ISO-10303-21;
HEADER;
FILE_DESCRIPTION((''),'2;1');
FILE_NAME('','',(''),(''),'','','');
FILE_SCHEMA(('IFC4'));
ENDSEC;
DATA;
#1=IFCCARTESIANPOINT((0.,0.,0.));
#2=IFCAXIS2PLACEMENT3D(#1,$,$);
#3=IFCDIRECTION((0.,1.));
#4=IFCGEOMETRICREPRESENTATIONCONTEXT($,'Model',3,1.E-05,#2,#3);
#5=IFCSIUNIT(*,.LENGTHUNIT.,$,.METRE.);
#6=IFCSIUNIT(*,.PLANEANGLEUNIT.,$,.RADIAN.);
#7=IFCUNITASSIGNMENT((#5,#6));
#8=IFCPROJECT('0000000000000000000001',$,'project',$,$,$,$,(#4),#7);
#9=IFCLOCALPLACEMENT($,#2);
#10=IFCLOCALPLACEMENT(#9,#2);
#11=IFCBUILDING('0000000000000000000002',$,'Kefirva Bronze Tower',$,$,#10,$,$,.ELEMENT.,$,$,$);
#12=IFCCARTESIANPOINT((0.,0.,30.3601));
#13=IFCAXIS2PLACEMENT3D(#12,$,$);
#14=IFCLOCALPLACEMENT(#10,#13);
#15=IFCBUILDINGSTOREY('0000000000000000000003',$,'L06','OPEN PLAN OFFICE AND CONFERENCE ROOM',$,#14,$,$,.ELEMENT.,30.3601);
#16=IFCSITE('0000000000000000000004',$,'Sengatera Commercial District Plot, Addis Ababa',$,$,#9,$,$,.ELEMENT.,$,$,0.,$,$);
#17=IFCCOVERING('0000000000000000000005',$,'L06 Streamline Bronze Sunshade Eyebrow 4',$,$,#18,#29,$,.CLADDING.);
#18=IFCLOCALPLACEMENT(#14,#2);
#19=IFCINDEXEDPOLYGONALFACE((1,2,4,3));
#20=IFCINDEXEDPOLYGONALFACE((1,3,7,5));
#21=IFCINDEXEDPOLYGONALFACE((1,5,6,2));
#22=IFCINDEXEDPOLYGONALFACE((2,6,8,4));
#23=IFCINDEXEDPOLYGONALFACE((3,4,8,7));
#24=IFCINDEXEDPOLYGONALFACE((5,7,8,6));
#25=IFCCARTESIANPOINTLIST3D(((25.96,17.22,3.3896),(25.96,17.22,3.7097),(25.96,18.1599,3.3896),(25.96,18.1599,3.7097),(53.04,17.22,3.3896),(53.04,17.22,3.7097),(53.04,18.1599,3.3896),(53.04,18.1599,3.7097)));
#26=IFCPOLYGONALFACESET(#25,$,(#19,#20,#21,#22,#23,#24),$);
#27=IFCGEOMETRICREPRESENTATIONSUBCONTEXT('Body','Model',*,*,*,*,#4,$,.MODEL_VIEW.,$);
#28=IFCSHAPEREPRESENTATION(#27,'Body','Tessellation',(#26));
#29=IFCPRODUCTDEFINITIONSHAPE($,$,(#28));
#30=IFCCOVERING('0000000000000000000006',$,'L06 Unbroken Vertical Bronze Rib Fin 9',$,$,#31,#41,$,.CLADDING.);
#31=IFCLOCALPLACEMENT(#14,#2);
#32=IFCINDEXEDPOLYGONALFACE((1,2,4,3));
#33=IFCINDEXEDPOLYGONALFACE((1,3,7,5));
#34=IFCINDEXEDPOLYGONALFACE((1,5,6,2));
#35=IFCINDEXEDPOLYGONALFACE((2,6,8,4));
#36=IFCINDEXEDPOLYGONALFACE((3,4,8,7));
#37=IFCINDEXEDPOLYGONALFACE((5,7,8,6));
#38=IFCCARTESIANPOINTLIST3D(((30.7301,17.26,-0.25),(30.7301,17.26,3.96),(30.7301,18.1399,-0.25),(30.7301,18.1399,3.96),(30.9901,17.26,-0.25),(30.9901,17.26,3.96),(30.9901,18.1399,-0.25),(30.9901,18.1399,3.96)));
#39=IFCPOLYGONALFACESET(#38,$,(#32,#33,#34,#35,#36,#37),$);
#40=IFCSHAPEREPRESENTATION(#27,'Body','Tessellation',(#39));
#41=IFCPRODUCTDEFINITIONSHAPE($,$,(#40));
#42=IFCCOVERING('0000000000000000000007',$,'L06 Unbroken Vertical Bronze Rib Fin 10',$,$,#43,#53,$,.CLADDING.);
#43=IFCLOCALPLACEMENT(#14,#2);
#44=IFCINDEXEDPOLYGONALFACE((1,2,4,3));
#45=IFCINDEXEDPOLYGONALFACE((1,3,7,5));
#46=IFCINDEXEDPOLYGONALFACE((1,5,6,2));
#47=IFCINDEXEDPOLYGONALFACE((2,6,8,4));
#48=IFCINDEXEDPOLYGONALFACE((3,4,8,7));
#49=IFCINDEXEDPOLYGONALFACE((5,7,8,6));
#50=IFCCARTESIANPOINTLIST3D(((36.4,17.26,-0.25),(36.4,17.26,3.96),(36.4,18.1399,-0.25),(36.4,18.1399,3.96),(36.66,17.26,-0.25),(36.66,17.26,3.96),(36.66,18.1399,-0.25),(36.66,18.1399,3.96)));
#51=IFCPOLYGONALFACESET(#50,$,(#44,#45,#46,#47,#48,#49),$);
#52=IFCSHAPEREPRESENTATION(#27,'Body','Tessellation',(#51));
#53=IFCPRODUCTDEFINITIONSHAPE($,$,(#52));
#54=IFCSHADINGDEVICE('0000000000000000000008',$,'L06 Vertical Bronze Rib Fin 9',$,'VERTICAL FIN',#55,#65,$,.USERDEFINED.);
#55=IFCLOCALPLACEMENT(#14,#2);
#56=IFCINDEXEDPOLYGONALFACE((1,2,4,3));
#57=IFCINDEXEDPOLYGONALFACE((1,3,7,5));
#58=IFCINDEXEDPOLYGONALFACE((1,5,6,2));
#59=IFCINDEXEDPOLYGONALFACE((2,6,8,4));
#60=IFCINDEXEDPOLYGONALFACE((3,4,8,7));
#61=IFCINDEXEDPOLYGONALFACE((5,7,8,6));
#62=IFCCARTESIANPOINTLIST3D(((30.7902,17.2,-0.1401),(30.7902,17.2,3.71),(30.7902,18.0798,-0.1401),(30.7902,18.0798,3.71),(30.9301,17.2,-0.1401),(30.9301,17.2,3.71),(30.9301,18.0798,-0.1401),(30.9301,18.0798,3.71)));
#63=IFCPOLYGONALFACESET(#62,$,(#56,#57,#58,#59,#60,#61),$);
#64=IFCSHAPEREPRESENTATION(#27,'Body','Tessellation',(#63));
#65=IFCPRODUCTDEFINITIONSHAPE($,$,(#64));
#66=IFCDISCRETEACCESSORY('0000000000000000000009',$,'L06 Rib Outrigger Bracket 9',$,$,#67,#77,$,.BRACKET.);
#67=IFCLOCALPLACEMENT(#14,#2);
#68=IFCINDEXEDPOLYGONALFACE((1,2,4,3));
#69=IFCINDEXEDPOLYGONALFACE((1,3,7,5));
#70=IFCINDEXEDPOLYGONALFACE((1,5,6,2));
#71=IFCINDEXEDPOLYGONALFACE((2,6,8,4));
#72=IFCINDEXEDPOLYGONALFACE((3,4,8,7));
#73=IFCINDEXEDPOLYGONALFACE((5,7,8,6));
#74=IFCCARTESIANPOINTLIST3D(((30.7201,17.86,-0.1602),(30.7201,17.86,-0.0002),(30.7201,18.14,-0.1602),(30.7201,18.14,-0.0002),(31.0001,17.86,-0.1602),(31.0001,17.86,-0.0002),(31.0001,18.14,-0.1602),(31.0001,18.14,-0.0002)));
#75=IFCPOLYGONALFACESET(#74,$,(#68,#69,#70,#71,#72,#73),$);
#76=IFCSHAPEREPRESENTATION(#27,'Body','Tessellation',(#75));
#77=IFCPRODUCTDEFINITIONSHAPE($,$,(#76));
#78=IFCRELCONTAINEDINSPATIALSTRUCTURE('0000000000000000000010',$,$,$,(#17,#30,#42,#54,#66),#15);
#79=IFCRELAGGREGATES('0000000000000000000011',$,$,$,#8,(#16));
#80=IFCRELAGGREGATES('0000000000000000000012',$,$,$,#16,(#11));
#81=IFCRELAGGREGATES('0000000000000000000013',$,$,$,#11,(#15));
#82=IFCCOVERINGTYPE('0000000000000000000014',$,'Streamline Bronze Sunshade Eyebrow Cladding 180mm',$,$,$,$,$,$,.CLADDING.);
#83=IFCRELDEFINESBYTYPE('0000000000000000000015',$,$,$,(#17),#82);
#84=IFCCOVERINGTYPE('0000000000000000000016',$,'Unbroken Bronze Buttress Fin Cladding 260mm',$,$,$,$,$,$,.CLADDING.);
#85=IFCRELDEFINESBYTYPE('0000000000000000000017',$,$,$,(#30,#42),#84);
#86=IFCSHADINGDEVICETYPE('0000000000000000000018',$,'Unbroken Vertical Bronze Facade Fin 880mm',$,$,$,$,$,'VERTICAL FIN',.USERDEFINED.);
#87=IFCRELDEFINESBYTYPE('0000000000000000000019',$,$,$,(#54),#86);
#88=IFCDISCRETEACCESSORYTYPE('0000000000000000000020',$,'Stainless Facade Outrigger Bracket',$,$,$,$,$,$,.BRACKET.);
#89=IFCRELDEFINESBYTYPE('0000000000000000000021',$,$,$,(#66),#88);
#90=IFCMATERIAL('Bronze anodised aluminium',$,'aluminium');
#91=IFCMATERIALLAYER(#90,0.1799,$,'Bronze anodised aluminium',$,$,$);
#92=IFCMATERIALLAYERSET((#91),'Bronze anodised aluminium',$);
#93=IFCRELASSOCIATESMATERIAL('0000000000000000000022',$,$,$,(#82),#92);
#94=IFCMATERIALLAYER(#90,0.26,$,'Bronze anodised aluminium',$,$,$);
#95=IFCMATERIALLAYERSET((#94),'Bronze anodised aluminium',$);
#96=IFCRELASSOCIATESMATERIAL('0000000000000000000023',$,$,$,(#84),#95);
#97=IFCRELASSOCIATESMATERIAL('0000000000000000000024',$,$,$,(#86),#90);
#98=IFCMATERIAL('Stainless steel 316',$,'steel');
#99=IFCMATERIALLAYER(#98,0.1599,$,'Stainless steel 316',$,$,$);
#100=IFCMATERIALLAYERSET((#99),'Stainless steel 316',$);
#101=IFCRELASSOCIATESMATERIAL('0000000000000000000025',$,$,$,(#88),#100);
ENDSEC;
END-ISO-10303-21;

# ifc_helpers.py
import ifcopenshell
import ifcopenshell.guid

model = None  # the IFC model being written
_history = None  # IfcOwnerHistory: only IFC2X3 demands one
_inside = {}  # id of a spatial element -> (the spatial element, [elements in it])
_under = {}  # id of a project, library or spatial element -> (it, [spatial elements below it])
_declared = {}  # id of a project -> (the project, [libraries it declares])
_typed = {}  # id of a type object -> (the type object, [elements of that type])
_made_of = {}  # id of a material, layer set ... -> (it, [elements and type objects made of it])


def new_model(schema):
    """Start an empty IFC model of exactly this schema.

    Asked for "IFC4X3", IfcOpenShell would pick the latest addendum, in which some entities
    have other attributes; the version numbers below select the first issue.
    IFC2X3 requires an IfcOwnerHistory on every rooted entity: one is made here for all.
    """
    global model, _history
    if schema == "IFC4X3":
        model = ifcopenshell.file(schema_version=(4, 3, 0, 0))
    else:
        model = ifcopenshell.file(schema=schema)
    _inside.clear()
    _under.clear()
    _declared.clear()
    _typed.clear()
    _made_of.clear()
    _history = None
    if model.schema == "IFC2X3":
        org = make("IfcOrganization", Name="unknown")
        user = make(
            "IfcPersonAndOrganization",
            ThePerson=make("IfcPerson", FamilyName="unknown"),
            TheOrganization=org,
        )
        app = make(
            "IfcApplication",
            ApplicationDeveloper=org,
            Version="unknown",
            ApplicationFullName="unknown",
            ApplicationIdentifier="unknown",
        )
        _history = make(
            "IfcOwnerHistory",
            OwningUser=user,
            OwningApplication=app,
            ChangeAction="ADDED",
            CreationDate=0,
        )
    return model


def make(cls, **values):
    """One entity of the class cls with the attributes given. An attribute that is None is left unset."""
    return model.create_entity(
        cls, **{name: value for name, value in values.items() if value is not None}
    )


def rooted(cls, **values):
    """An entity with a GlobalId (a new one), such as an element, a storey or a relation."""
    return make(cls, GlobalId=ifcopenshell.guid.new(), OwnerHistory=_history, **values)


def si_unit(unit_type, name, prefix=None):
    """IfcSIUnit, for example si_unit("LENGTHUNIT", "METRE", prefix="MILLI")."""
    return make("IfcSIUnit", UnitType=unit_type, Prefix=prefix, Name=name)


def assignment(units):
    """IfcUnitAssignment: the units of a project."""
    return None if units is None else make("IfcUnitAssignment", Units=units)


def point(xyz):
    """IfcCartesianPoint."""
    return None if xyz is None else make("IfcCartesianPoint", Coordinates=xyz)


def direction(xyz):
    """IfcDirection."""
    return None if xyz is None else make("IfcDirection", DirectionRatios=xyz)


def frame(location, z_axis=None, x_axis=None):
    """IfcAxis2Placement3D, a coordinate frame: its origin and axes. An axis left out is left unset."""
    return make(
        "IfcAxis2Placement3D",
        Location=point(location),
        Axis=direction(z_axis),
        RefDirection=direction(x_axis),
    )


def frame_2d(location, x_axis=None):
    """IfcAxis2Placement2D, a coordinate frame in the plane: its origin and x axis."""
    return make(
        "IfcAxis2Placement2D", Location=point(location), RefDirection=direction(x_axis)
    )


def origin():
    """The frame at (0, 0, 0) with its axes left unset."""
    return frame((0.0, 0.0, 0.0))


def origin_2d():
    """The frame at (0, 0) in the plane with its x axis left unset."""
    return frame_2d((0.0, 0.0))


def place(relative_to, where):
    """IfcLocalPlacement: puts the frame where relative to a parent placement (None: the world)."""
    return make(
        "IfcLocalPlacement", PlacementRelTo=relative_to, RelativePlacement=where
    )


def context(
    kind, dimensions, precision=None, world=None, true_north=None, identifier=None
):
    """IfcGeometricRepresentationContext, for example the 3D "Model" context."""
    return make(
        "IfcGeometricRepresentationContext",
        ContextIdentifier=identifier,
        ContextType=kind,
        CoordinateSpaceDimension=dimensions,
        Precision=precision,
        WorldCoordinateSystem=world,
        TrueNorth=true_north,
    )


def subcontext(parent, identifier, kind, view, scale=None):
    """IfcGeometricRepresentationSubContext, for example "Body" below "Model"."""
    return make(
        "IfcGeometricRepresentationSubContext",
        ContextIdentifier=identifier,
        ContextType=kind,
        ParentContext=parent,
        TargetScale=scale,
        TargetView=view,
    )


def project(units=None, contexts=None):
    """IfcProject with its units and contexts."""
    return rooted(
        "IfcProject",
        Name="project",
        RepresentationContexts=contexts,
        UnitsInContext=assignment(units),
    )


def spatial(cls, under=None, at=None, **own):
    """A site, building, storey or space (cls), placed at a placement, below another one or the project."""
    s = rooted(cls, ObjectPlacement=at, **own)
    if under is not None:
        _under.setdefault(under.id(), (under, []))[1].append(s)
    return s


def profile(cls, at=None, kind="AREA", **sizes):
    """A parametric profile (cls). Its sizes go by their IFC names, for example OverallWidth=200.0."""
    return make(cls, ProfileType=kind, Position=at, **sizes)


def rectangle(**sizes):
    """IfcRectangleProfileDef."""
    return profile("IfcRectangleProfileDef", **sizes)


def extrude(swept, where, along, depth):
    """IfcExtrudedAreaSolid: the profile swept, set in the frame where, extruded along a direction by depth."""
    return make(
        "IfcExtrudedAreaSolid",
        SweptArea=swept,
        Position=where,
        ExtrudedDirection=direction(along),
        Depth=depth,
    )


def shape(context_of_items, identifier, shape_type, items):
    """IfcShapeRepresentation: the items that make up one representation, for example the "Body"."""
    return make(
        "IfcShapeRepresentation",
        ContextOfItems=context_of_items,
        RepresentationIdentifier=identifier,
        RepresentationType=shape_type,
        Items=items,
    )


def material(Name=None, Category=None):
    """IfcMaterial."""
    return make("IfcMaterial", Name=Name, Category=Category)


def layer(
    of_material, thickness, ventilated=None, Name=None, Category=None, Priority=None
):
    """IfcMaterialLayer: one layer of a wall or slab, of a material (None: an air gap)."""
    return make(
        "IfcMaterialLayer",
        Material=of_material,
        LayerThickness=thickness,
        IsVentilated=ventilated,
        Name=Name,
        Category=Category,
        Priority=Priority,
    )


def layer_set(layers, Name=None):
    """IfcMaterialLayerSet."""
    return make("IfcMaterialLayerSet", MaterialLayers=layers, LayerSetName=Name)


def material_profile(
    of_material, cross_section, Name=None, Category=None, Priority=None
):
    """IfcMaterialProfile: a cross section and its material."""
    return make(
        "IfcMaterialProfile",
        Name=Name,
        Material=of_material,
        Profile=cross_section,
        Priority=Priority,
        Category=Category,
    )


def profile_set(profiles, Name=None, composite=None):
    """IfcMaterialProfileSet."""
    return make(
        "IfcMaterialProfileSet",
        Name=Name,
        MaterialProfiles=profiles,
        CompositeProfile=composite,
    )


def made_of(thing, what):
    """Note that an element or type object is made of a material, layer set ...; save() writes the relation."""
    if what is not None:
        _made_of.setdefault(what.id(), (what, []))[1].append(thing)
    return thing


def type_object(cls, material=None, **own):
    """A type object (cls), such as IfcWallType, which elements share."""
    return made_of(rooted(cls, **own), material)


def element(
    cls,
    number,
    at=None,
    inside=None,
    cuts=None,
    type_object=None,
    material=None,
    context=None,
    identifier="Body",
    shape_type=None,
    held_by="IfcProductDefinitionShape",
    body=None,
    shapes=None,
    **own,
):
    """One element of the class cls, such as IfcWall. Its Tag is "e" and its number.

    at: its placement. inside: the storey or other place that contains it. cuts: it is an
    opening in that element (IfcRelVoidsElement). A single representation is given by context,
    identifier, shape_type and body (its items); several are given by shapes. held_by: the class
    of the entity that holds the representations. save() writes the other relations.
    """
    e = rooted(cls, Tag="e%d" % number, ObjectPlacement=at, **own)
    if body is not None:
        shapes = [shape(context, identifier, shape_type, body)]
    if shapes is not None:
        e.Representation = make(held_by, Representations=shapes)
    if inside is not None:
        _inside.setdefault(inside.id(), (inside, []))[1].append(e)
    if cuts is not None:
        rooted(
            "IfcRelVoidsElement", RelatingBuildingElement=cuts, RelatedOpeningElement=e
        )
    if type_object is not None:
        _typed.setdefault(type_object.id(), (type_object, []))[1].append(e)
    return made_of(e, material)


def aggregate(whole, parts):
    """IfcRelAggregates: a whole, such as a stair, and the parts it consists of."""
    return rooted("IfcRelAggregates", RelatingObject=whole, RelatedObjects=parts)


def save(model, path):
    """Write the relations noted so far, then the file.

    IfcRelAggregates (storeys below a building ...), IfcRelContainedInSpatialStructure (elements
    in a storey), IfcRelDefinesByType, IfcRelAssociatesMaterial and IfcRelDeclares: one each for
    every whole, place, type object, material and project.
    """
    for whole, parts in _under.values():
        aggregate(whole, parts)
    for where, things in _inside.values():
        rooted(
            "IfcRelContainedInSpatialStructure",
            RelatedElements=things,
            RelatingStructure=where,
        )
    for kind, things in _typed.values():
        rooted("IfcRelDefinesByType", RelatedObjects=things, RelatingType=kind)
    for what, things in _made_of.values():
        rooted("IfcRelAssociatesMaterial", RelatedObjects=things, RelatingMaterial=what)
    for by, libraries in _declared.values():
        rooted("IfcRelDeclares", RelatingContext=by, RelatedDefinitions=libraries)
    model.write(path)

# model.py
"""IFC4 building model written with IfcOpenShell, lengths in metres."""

from ifc_helpers import new_model, si_unit, direction, frame, origin, origin_2d, place, context, subcontext, project, spatial, rectangle, extrude, material, layer, layer_set, material_profile, profile_set, type_object, element, save


model = new_model("IFC4")

# Units and contexts
model_context = context("Model", 3, precision=1e-05, world=origin(), true_north=direction((0.0, 1.0)))
body_context = subcontext(model_context, "Body", "Model", "MODEL_VIEW")
ifc_project = project(units=[si_unit("LENGTHUNIT", "METRE"), si_unit("PLANEANGLEUNIT", "RADIAN")], contexts=[model_context])

# Site, building, storey
site_placement = place(None, origin())
site = spatial("IfcSite", under=ifc_project, at=site_placement, Name="Sengatera Commercial District Plot, Addis Ababa", CompositionType="ELEMENT", RefElevation=0.0)
building_placement = place(site_placement, origin())
building = spatial("IfcBuilding", under=site, at=building_placement, Name="Kefirva Bronze Tower", CompositionType="ELEMENT")
storey_placement = place(building_placement, frame((0.0, 0.0, 30.3601)))
storey = spatial("IfcBuildingStorey", under=building, at=storey_placement, Name="L06", Description="OPEN PLAN OFFICE AND CONFERENCE ROOM", CompositionType="ELEMENT", Elevation=30.3601)

# Shared definitions
ifc_material_1 = material(Name="Bronze anodised aluminium", Category="aluminium")

# Coverings
ifc_layer_1 = layer(ifc_material_1, 0.1799, Name="Bronze anodised aluminium")
ifc_layer_set_1 = layer_set([ifc_layer_1], Name="Bronze anodised aluminium")
covering_type_1 = type_object("IfcCoveringType", Name="Streamline Bronze Sunshade Eyebrow Cladding 180mm", PredefinedType="CLADDING", material=ifc_layer_set_1)
covering_1_placement = place(storey_placement, frame((39.5, 17.6899, 3.3896), z_axis=(0.0, 0.0, 1.0), x_axis=(1.0, 0.0, 0.0)))
element("IfcCovering", 1, at=covering_1_placement, inside=storey, type_object=covering_type_1, Name="L06 Streamline Bronze Sunshade Eyebrow 4", PredefinedType="CLADDING", context=body_context, shape_type="SweptSolid", body=[
    extrude(rectangle(XDim=27.0801, YDim=0.9399, at=origin_2d()), origin(), (0.0, 0.0, 1.0), 0.3201),
])
ifc_layer_2 = layer(ifc_material_1, 0.26, Name="Bronze anodised aluminium")
ifc_layer_set_2 = layer_set([ifc_layer_2], Name="Bronze anodised aluminium")
covering_type_2 = type_object("IfcCoveringType", Name="Unbroken Bronze Buttress Fin Cladding 260mm", PredefinedType="CLADDING", material=ifc_layer_set_2)
for number, where, z_axis, x_axis, name in (
    (2, (30.8601, 17.7, -0.25), (0.0, 0.0, 1.0), (1.0, 0.0, 0.0), "L06 Unbroken Vertical Bronze Rib Fin 9"),
    (3, (36.53, 17.7, -0.25), (0.0, 0.0, 1.0), (1.0, 0.0, 0.0), "L06 Unbroken Vertical Bronze Rib Fin 10"),
):
    element("IfcCovering", number, at=place(storey_placement, frame(where, z_axis=z_axis, x_axis=x_axis)), inside=storey, type_object=covering_type_2, Name=name, PredefinedType="CLADDING", context=body_context, shape_type="SweptSolid", body=[
        extrude(rectangle(XDim=0.26, YDim=0.8799, at=origin_2d()), origin(), (0.0, 0.0, 1.0), 4.21),
    ])

# Shading device
ifc_material_profile_1 = material_profile(ifc_material_1, rectangle(XDim=0.1399, YDim=0.8799, at=origin_2d()), Name="BRONZE FIN 140x880")
ifc_profile_set_1 = profile_set([ifc_material_profile_1], Name="Bronze anodised aluminium")
shading_device_type = type_object("IfcShadingDeviceType", Name="Unbroken Vertical Bronze Facade Fin 880mm", ElementType="VERTICAL FIN", PredefinedType="USERDEFINED", material=ifc_profile_set_1)
shading_device_placement = place(storey_placement, frame((30.8601, 17.6399, -0.1401), z_axis=(0.0, 0.0, 1.0), x_axis=(1.0, 0.0, 0.0)))
element("IfcShadingDevice", 4, at=shading_device_placement, inside=storey, type_object=shading_device_type, Name="L06 Vertical Bronze Rib Fin 9", ObjectType="VERTICAL FIN", PredefinedType="USERDEFINED", context=body_context, shape_type="SweptSolid", body=[
    extrude(rectangle(XDim=0.1399, YDim=0.8799, at=origin_2d()), origin(), (0.0, 0.0, 1.0), 3.8501),
])

# Discrete accessory
ifc_material_2 = material(Name="Stainless steel 316", Category="steel")
ifc_layer_3 = layer(ifc_material_2, 0.1599, Name="Stainless steel 316")
ifc_layer_set_3 = layer_set([ifc_layer_3], Name="Stainless steel 316")
discrete_accessory_type = type_object("IfcDiscreteAccessoryType", Name="Stainless Facade Outrigger Bracket", PredefinedType="BRACKET", material=ifc_layer_set_3)
discrete_accessory_placement = place(storey_placement, frame((30.8601, 18.0, -0.1602), z_axis=(0.0, 0.0, 1.0), x_axis=(1.0, 0.0, 0.0)))
element("IfcDiscreteAccessory", 5, at=discrete_accessory_placement, inside=storey, type_object=discrete_accessory_type, Name="L06 Rib Outrigger Bracket 9", PredefinedType="BRACKET", context=body_context, shape_type="SweptSolid", body=[
    extrude(rectangle(XDim=0.28, YDim=0.28, at=origin_2d()), origin(), (0.0, 0.0, 1.0), 0.1599),
])

save(model, "model.ifc")
